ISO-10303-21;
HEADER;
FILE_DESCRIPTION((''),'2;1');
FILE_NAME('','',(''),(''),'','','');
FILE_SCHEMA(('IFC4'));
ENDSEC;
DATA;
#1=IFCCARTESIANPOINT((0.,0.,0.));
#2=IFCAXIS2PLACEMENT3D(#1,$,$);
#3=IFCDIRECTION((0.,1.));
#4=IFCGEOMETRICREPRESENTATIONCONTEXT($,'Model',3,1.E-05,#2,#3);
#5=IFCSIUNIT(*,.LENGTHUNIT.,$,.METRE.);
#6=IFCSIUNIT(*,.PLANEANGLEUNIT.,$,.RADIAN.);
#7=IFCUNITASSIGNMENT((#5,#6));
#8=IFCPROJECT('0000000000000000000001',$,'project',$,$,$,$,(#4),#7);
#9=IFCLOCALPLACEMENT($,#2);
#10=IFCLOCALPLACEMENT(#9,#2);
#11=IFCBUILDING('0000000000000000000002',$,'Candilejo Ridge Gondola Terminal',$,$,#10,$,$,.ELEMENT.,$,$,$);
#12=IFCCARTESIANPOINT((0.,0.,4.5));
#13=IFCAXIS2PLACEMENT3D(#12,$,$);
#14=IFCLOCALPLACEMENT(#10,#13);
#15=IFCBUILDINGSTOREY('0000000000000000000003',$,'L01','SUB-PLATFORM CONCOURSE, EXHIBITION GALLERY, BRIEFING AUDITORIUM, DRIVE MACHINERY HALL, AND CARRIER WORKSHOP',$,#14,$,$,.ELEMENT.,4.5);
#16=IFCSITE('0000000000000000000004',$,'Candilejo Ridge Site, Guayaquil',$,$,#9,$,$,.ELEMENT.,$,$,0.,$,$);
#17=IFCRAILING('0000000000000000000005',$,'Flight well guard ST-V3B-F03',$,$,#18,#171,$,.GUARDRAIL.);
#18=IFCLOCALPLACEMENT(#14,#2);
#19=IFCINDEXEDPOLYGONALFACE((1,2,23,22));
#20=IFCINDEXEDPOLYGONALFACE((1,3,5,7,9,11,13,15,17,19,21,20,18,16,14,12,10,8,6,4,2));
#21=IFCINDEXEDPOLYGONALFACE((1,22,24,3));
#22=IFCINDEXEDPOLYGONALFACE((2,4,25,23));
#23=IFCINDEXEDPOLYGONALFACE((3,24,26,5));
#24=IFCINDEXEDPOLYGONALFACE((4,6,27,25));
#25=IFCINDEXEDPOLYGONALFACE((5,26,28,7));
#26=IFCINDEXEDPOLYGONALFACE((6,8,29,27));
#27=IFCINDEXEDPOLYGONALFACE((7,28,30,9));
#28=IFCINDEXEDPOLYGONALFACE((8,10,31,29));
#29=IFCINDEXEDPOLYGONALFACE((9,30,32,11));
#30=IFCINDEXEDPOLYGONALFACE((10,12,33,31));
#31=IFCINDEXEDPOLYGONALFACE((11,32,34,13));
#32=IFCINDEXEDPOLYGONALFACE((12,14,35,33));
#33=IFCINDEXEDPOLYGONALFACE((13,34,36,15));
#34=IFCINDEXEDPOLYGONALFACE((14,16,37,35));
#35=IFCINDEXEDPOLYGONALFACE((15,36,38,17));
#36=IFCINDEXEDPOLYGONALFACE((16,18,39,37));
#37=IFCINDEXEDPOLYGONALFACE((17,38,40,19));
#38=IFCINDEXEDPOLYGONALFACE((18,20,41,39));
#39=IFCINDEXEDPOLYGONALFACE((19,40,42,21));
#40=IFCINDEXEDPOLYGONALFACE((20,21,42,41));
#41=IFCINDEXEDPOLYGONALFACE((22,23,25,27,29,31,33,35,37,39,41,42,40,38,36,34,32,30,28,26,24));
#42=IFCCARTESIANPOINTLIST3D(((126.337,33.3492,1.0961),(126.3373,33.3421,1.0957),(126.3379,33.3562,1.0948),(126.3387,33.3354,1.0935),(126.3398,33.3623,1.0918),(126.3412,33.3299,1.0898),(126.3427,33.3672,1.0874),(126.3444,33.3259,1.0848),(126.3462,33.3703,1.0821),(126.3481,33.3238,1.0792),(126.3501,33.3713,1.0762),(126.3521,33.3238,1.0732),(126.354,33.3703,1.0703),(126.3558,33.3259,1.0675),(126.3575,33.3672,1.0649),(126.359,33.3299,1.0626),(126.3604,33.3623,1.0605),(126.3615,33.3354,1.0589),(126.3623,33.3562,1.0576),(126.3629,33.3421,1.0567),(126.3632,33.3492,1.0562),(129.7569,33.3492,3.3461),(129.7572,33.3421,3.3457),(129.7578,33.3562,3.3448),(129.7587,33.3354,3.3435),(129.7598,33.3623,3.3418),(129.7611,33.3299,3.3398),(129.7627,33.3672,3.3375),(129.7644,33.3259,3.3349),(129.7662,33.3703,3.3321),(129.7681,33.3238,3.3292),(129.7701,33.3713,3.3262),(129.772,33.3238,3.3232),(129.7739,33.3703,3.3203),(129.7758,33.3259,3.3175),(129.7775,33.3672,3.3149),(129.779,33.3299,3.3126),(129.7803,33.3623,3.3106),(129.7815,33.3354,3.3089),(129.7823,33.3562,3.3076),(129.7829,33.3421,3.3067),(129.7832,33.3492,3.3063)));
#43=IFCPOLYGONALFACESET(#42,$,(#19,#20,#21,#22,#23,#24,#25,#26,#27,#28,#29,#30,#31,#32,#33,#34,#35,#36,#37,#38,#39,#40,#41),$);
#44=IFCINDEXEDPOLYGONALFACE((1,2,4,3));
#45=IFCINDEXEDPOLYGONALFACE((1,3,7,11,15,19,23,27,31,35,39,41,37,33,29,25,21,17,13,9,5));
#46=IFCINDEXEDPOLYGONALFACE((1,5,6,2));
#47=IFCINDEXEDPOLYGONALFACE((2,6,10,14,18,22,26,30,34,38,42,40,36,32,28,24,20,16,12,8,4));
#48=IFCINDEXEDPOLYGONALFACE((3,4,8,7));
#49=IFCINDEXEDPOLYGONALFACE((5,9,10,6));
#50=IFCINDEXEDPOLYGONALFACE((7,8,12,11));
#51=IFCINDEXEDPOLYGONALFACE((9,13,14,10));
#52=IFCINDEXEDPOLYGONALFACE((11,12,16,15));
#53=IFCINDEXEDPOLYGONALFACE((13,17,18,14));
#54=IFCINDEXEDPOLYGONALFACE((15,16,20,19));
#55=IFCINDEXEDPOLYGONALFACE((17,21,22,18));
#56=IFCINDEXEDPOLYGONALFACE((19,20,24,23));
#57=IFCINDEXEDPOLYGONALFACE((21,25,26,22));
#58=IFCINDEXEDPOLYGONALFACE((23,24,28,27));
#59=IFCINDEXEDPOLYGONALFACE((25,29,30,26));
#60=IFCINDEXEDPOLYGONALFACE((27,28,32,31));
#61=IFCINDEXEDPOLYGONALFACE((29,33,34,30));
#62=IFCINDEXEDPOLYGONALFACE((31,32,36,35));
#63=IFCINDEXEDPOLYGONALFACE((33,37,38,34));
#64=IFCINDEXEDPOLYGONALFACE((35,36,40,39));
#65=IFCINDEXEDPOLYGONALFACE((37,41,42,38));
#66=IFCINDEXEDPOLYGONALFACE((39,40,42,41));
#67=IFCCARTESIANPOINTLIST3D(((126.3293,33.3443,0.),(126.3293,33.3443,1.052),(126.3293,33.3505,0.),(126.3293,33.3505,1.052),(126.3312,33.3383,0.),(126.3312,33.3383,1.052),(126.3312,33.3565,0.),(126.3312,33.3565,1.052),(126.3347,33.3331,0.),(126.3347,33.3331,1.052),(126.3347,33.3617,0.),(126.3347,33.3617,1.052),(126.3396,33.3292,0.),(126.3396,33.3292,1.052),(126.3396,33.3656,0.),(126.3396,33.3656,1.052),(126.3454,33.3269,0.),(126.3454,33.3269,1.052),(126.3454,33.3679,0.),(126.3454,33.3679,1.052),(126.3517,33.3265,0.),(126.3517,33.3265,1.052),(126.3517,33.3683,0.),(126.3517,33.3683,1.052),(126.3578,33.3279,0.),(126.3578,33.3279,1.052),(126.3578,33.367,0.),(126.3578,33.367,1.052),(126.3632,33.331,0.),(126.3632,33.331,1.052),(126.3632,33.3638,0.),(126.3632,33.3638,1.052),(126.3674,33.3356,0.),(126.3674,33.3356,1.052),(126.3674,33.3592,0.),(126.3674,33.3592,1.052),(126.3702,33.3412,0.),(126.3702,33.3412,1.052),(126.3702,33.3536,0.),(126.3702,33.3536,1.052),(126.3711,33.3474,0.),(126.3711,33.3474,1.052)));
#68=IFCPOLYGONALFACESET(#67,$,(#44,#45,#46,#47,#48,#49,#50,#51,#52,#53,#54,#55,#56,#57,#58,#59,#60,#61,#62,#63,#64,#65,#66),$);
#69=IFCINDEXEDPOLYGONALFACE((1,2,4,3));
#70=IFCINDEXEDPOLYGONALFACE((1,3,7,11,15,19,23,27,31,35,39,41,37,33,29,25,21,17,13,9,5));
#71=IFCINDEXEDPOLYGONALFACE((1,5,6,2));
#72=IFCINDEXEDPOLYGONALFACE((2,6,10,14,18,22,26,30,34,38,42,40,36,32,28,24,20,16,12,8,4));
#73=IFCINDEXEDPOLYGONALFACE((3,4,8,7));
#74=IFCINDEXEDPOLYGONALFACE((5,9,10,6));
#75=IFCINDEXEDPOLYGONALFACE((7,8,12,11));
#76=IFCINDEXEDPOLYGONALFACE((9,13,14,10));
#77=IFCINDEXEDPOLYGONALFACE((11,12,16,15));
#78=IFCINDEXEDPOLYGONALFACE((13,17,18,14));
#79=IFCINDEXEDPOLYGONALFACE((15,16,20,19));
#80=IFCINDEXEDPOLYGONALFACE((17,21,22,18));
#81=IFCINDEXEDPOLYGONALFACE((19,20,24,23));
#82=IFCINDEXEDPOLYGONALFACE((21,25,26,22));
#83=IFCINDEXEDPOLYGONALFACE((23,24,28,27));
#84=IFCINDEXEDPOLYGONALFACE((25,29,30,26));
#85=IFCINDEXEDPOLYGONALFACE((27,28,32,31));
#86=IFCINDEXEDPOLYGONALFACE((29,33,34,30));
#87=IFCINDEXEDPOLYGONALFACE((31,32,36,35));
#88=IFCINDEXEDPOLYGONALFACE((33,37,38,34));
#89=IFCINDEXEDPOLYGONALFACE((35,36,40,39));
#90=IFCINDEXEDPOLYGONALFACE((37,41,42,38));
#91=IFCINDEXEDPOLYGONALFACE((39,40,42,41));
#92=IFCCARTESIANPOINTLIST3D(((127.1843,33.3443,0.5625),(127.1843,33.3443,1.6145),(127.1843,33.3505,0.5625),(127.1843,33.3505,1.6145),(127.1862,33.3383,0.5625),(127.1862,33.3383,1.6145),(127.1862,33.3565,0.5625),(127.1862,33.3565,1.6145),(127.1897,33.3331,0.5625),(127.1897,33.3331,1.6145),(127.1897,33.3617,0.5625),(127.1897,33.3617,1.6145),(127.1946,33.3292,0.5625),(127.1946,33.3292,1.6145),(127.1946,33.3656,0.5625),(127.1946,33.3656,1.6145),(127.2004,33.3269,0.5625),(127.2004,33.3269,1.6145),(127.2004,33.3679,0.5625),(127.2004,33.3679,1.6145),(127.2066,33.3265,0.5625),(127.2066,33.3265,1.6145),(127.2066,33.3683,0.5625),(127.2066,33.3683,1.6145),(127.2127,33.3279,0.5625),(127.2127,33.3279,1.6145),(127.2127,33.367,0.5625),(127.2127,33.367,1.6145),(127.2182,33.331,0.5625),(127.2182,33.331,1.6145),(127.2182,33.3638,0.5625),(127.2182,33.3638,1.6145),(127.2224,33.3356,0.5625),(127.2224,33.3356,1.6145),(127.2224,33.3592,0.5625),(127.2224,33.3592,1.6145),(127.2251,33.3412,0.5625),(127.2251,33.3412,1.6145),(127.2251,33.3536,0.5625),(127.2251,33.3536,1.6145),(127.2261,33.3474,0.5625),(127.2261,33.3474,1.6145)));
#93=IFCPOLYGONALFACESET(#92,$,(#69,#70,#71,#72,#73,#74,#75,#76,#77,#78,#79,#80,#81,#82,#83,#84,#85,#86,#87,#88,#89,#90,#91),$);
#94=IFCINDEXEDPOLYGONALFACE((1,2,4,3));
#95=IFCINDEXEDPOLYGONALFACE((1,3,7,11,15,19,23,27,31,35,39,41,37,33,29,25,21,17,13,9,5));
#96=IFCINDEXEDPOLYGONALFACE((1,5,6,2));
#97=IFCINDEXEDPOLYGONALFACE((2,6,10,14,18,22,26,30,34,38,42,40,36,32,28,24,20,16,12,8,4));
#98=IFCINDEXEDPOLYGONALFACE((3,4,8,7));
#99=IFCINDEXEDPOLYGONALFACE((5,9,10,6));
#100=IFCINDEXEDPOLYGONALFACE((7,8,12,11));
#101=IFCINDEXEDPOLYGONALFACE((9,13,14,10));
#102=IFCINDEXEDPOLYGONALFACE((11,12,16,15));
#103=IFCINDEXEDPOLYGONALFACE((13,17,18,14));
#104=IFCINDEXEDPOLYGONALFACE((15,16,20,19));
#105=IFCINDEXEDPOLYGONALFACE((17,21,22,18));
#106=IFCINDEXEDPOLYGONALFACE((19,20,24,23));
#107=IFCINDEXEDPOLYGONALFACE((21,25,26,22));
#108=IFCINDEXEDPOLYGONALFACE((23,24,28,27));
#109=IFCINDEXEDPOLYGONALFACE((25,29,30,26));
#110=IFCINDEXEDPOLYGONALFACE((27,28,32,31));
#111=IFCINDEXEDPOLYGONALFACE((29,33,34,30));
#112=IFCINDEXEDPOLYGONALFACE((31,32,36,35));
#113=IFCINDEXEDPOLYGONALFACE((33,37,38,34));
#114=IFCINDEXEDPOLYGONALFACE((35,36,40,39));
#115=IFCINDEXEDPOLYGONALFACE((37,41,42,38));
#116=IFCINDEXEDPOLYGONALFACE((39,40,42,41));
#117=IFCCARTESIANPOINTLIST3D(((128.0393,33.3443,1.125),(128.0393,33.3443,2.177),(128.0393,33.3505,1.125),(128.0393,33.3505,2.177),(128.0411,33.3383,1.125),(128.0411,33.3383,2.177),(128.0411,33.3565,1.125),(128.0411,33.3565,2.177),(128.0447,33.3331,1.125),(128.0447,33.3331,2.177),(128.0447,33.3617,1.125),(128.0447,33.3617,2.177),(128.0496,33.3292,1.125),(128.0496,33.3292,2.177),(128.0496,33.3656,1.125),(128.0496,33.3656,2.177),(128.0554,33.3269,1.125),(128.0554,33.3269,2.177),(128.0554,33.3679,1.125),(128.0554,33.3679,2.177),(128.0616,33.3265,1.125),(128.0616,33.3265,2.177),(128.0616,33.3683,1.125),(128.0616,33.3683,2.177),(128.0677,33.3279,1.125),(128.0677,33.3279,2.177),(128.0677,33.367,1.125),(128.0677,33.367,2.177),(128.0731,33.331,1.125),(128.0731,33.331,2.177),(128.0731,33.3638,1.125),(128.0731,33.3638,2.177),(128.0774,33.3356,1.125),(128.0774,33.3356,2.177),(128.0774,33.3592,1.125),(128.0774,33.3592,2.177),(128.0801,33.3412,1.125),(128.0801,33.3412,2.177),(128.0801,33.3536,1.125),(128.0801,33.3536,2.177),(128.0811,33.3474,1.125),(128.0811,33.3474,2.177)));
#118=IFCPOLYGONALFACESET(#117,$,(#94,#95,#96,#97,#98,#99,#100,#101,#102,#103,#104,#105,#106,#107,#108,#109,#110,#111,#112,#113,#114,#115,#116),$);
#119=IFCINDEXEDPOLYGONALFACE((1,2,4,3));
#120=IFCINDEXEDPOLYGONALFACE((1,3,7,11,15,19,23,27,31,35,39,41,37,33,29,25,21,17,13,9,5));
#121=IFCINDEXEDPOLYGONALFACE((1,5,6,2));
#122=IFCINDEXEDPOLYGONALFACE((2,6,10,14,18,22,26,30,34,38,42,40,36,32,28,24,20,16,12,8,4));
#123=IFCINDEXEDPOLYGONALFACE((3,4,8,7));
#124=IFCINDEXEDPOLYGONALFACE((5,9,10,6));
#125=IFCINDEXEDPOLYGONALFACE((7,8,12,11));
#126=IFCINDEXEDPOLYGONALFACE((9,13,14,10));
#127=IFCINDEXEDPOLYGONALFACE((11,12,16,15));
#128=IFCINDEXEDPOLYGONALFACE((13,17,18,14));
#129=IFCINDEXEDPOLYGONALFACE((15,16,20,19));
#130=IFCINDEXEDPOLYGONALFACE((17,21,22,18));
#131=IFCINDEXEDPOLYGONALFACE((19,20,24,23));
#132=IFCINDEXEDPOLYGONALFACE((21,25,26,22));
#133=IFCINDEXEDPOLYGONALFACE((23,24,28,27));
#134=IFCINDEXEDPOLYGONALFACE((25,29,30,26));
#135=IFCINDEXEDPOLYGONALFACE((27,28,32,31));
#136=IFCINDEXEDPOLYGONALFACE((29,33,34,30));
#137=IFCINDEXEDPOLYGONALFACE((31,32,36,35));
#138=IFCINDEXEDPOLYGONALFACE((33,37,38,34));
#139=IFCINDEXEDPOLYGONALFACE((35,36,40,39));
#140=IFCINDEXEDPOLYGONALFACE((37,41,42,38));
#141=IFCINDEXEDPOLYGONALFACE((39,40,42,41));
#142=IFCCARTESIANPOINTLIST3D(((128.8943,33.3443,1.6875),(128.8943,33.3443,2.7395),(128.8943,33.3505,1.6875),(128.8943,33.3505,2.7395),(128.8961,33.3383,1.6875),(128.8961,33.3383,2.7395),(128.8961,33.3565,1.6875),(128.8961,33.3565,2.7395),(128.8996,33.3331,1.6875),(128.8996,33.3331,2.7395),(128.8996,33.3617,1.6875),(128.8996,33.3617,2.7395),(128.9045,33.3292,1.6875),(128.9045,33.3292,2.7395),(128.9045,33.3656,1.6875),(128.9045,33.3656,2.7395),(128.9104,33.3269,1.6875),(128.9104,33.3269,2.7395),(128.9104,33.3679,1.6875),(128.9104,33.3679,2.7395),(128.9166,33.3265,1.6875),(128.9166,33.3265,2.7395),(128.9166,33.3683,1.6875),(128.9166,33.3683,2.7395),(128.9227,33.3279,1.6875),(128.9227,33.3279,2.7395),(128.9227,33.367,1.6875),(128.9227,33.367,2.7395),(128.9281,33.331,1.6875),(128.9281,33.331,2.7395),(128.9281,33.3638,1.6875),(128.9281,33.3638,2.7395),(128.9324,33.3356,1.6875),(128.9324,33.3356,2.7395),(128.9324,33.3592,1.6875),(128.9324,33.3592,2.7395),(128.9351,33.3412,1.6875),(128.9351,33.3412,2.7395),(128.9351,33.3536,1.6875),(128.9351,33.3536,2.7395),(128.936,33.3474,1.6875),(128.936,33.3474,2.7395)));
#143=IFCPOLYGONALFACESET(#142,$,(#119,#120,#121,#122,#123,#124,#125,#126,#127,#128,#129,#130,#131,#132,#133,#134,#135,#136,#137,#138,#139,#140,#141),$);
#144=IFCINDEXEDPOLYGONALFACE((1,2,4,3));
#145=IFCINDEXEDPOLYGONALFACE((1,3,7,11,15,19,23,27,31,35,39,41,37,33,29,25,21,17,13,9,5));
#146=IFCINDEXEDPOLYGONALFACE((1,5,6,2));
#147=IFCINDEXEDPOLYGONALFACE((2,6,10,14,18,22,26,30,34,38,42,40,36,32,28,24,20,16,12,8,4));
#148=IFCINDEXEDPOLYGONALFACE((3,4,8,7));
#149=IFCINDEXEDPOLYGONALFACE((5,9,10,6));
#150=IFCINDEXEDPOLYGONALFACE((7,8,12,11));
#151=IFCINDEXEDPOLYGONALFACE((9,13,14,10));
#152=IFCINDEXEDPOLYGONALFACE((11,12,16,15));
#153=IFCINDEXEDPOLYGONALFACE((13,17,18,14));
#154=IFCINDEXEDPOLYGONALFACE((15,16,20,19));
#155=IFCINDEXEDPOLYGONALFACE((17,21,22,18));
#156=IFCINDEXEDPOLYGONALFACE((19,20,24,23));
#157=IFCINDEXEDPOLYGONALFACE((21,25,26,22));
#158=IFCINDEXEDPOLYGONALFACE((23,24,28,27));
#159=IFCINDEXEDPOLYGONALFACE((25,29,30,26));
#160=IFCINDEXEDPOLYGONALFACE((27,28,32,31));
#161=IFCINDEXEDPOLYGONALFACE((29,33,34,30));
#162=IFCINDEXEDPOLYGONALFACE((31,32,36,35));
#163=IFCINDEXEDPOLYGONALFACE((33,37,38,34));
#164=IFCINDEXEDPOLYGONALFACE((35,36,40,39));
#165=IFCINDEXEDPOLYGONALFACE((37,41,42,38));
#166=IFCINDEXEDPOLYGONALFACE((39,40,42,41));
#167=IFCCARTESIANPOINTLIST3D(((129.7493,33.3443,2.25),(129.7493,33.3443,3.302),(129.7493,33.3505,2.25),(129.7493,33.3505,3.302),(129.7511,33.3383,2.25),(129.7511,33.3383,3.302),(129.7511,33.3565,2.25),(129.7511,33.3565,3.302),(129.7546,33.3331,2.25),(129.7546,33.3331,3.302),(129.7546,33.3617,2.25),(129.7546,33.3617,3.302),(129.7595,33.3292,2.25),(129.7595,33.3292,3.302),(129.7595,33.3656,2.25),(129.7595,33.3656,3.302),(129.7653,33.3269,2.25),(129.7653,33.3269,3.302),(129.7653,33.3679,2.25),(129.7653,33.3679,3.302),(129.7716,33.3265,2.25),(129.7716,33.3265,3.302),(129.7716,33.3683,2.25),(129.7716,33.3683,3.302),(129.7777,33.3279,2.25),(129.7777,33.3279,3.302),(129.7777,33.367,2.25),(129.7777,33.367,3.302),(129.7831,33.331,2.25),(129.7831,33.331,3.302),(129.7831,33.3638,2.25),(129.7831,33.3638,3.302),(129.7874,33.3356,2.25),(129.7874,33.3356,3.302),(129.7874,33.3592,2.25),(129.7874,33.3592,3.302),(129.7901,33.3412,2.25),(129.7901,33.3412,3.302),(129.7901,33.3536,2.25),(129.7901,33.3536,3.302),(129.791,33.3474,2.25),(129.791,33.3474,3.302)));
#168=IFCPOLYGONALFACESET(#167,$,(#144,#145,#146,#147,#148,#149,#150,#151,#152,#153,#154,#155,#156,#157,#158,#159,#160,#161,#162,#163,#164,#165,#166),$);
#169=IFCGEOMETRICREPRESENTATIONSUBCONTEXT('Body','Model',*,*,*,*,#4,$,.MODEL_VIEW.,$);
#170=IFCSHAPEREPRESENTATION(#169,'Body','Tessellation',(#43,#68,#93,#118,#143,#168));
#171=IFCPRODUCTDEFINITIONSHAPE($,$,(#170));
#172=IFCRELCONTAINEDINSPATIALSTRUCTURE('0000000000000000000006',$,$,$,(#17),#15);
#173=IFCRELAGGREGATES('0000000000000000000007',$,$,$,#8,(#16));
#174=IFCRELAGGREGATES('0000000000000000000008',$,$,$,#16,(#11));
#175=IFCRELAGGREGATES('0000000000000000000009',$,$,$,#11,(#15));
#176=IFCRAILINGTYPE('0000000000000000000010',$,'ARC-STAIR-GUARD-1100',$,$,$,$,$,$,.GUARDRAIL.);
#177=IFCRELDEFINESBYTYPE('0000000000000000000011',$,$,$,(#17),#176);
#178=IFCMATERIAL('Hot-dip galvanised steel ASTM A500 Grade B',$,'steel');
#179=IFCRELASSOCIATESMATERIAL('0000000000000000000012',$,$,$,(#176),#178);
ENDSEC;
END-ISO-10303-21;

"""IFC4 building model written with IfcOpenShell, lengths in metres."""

from ifc_helpers import new_model, si_unit, direction, frame, origin, origin_2d, place, context, subcontext, project, spatial, circle, extrude, material, type_object, element, save


model = new_model("IFC4")

# Units and contexts
model_context = context("Model", 3, precision=1e-05, world=origin(), true_north=direction((0.0, 1.0)))
body_context = subcontext(model_context, "Body", "Model", "MODEL_VIEW")
ifc_project = project(units=[si_unit("LENGTHUNIT", "METRE"), si_unit("PLANEANGLEUNIT", "RADIAN")], contexts=[model_context])

# Site, building, storey
site_placement = place(None, origin())
site = spatial("IfcSite", under=ifc_project, at=site_placement, Name="Candilejo Ridge Site, Guayaquil", CompositionType="ELEMENT", RefElevation=0.0)
building_placement = place(site_placement, origin())
building = spatial("IfcBuilding", under=site, at=building_placement, Name="Candilejo Ridge Gondola Terminal", CompositionType="ELEMENT")
storey_placement = place(building_placement, frame((0.0, 0.0, 4.5)))
storey = spatial("IfcBuildingStorey", under=building, at=storey_placement, Name="L01", Description="SUB-PLATFORM CONCOURSE, EXHIBITION GALLERY, BRIEFING AUDITORIUM, DRIVE MACHINERY HALL, AND CARRIER WORKSHOP", CompositionType="ELEMENT", Elevation=4.5)

# Railing
ifc_material_1 = material(Name="Hot-dip galvanised steel ASTM A500 Grade B", Category="steel")
railing_type = type_object("IfcRailingType", Name="ARC-STAIR-GUARD-1100", PredefinedType="GUARDRAIL", material=ifc_material_1)
railing_1_placement = place(storey_placement, frame((126.3501, 33.3474, 0.0)))
element("IfcRailing", 1, at=railing_1_placement, inside=storey, type_object=railing_type, Name="Flight well guard ST-V3B-F03", PredefinedType="GUARDRAIL", context=body_context, shape_type="SweptSolid", body=[
    extrude(circle(Radius=0.0239, at=origin_2d()), frame((0.0, 0.0, 1.0762), z_axis=(0.835411, 0.0, 0.549625), x_axis=(0.0, 1.0, 0.0)), (0.0, 0.0, 1.0), 4.0938),
    extrude(circle(Radius=0.021, at=origin_2d()), origin(), (0.0, 0.0, 1.0), 1.052),
    extrude(circle(Radius=0.021, at=origin_2d()), frame((0.855, 0.0, 0.5625)), (0.0, 0.0, 1.0), 1.052),
    extrude(circle(Radius=0.021, at=origin_2d()), frame((1.71, 0.0, 1.125)), (0.0, 0.0, 1.0), 1.052),
    extrude(circle(Radius=0.021, at=origin_2d()), frame((2.5649, 0.0, 1.6875)), (0.0, 0.0, 1.0), 1.052),
    extrude(circle(Radius=0.021, at=origin_2d()), frame((3.4199, 0.0, 2.25)), (0.0, 0.0, 1.0), 1.052),
])

save(model, "model.ifc")
